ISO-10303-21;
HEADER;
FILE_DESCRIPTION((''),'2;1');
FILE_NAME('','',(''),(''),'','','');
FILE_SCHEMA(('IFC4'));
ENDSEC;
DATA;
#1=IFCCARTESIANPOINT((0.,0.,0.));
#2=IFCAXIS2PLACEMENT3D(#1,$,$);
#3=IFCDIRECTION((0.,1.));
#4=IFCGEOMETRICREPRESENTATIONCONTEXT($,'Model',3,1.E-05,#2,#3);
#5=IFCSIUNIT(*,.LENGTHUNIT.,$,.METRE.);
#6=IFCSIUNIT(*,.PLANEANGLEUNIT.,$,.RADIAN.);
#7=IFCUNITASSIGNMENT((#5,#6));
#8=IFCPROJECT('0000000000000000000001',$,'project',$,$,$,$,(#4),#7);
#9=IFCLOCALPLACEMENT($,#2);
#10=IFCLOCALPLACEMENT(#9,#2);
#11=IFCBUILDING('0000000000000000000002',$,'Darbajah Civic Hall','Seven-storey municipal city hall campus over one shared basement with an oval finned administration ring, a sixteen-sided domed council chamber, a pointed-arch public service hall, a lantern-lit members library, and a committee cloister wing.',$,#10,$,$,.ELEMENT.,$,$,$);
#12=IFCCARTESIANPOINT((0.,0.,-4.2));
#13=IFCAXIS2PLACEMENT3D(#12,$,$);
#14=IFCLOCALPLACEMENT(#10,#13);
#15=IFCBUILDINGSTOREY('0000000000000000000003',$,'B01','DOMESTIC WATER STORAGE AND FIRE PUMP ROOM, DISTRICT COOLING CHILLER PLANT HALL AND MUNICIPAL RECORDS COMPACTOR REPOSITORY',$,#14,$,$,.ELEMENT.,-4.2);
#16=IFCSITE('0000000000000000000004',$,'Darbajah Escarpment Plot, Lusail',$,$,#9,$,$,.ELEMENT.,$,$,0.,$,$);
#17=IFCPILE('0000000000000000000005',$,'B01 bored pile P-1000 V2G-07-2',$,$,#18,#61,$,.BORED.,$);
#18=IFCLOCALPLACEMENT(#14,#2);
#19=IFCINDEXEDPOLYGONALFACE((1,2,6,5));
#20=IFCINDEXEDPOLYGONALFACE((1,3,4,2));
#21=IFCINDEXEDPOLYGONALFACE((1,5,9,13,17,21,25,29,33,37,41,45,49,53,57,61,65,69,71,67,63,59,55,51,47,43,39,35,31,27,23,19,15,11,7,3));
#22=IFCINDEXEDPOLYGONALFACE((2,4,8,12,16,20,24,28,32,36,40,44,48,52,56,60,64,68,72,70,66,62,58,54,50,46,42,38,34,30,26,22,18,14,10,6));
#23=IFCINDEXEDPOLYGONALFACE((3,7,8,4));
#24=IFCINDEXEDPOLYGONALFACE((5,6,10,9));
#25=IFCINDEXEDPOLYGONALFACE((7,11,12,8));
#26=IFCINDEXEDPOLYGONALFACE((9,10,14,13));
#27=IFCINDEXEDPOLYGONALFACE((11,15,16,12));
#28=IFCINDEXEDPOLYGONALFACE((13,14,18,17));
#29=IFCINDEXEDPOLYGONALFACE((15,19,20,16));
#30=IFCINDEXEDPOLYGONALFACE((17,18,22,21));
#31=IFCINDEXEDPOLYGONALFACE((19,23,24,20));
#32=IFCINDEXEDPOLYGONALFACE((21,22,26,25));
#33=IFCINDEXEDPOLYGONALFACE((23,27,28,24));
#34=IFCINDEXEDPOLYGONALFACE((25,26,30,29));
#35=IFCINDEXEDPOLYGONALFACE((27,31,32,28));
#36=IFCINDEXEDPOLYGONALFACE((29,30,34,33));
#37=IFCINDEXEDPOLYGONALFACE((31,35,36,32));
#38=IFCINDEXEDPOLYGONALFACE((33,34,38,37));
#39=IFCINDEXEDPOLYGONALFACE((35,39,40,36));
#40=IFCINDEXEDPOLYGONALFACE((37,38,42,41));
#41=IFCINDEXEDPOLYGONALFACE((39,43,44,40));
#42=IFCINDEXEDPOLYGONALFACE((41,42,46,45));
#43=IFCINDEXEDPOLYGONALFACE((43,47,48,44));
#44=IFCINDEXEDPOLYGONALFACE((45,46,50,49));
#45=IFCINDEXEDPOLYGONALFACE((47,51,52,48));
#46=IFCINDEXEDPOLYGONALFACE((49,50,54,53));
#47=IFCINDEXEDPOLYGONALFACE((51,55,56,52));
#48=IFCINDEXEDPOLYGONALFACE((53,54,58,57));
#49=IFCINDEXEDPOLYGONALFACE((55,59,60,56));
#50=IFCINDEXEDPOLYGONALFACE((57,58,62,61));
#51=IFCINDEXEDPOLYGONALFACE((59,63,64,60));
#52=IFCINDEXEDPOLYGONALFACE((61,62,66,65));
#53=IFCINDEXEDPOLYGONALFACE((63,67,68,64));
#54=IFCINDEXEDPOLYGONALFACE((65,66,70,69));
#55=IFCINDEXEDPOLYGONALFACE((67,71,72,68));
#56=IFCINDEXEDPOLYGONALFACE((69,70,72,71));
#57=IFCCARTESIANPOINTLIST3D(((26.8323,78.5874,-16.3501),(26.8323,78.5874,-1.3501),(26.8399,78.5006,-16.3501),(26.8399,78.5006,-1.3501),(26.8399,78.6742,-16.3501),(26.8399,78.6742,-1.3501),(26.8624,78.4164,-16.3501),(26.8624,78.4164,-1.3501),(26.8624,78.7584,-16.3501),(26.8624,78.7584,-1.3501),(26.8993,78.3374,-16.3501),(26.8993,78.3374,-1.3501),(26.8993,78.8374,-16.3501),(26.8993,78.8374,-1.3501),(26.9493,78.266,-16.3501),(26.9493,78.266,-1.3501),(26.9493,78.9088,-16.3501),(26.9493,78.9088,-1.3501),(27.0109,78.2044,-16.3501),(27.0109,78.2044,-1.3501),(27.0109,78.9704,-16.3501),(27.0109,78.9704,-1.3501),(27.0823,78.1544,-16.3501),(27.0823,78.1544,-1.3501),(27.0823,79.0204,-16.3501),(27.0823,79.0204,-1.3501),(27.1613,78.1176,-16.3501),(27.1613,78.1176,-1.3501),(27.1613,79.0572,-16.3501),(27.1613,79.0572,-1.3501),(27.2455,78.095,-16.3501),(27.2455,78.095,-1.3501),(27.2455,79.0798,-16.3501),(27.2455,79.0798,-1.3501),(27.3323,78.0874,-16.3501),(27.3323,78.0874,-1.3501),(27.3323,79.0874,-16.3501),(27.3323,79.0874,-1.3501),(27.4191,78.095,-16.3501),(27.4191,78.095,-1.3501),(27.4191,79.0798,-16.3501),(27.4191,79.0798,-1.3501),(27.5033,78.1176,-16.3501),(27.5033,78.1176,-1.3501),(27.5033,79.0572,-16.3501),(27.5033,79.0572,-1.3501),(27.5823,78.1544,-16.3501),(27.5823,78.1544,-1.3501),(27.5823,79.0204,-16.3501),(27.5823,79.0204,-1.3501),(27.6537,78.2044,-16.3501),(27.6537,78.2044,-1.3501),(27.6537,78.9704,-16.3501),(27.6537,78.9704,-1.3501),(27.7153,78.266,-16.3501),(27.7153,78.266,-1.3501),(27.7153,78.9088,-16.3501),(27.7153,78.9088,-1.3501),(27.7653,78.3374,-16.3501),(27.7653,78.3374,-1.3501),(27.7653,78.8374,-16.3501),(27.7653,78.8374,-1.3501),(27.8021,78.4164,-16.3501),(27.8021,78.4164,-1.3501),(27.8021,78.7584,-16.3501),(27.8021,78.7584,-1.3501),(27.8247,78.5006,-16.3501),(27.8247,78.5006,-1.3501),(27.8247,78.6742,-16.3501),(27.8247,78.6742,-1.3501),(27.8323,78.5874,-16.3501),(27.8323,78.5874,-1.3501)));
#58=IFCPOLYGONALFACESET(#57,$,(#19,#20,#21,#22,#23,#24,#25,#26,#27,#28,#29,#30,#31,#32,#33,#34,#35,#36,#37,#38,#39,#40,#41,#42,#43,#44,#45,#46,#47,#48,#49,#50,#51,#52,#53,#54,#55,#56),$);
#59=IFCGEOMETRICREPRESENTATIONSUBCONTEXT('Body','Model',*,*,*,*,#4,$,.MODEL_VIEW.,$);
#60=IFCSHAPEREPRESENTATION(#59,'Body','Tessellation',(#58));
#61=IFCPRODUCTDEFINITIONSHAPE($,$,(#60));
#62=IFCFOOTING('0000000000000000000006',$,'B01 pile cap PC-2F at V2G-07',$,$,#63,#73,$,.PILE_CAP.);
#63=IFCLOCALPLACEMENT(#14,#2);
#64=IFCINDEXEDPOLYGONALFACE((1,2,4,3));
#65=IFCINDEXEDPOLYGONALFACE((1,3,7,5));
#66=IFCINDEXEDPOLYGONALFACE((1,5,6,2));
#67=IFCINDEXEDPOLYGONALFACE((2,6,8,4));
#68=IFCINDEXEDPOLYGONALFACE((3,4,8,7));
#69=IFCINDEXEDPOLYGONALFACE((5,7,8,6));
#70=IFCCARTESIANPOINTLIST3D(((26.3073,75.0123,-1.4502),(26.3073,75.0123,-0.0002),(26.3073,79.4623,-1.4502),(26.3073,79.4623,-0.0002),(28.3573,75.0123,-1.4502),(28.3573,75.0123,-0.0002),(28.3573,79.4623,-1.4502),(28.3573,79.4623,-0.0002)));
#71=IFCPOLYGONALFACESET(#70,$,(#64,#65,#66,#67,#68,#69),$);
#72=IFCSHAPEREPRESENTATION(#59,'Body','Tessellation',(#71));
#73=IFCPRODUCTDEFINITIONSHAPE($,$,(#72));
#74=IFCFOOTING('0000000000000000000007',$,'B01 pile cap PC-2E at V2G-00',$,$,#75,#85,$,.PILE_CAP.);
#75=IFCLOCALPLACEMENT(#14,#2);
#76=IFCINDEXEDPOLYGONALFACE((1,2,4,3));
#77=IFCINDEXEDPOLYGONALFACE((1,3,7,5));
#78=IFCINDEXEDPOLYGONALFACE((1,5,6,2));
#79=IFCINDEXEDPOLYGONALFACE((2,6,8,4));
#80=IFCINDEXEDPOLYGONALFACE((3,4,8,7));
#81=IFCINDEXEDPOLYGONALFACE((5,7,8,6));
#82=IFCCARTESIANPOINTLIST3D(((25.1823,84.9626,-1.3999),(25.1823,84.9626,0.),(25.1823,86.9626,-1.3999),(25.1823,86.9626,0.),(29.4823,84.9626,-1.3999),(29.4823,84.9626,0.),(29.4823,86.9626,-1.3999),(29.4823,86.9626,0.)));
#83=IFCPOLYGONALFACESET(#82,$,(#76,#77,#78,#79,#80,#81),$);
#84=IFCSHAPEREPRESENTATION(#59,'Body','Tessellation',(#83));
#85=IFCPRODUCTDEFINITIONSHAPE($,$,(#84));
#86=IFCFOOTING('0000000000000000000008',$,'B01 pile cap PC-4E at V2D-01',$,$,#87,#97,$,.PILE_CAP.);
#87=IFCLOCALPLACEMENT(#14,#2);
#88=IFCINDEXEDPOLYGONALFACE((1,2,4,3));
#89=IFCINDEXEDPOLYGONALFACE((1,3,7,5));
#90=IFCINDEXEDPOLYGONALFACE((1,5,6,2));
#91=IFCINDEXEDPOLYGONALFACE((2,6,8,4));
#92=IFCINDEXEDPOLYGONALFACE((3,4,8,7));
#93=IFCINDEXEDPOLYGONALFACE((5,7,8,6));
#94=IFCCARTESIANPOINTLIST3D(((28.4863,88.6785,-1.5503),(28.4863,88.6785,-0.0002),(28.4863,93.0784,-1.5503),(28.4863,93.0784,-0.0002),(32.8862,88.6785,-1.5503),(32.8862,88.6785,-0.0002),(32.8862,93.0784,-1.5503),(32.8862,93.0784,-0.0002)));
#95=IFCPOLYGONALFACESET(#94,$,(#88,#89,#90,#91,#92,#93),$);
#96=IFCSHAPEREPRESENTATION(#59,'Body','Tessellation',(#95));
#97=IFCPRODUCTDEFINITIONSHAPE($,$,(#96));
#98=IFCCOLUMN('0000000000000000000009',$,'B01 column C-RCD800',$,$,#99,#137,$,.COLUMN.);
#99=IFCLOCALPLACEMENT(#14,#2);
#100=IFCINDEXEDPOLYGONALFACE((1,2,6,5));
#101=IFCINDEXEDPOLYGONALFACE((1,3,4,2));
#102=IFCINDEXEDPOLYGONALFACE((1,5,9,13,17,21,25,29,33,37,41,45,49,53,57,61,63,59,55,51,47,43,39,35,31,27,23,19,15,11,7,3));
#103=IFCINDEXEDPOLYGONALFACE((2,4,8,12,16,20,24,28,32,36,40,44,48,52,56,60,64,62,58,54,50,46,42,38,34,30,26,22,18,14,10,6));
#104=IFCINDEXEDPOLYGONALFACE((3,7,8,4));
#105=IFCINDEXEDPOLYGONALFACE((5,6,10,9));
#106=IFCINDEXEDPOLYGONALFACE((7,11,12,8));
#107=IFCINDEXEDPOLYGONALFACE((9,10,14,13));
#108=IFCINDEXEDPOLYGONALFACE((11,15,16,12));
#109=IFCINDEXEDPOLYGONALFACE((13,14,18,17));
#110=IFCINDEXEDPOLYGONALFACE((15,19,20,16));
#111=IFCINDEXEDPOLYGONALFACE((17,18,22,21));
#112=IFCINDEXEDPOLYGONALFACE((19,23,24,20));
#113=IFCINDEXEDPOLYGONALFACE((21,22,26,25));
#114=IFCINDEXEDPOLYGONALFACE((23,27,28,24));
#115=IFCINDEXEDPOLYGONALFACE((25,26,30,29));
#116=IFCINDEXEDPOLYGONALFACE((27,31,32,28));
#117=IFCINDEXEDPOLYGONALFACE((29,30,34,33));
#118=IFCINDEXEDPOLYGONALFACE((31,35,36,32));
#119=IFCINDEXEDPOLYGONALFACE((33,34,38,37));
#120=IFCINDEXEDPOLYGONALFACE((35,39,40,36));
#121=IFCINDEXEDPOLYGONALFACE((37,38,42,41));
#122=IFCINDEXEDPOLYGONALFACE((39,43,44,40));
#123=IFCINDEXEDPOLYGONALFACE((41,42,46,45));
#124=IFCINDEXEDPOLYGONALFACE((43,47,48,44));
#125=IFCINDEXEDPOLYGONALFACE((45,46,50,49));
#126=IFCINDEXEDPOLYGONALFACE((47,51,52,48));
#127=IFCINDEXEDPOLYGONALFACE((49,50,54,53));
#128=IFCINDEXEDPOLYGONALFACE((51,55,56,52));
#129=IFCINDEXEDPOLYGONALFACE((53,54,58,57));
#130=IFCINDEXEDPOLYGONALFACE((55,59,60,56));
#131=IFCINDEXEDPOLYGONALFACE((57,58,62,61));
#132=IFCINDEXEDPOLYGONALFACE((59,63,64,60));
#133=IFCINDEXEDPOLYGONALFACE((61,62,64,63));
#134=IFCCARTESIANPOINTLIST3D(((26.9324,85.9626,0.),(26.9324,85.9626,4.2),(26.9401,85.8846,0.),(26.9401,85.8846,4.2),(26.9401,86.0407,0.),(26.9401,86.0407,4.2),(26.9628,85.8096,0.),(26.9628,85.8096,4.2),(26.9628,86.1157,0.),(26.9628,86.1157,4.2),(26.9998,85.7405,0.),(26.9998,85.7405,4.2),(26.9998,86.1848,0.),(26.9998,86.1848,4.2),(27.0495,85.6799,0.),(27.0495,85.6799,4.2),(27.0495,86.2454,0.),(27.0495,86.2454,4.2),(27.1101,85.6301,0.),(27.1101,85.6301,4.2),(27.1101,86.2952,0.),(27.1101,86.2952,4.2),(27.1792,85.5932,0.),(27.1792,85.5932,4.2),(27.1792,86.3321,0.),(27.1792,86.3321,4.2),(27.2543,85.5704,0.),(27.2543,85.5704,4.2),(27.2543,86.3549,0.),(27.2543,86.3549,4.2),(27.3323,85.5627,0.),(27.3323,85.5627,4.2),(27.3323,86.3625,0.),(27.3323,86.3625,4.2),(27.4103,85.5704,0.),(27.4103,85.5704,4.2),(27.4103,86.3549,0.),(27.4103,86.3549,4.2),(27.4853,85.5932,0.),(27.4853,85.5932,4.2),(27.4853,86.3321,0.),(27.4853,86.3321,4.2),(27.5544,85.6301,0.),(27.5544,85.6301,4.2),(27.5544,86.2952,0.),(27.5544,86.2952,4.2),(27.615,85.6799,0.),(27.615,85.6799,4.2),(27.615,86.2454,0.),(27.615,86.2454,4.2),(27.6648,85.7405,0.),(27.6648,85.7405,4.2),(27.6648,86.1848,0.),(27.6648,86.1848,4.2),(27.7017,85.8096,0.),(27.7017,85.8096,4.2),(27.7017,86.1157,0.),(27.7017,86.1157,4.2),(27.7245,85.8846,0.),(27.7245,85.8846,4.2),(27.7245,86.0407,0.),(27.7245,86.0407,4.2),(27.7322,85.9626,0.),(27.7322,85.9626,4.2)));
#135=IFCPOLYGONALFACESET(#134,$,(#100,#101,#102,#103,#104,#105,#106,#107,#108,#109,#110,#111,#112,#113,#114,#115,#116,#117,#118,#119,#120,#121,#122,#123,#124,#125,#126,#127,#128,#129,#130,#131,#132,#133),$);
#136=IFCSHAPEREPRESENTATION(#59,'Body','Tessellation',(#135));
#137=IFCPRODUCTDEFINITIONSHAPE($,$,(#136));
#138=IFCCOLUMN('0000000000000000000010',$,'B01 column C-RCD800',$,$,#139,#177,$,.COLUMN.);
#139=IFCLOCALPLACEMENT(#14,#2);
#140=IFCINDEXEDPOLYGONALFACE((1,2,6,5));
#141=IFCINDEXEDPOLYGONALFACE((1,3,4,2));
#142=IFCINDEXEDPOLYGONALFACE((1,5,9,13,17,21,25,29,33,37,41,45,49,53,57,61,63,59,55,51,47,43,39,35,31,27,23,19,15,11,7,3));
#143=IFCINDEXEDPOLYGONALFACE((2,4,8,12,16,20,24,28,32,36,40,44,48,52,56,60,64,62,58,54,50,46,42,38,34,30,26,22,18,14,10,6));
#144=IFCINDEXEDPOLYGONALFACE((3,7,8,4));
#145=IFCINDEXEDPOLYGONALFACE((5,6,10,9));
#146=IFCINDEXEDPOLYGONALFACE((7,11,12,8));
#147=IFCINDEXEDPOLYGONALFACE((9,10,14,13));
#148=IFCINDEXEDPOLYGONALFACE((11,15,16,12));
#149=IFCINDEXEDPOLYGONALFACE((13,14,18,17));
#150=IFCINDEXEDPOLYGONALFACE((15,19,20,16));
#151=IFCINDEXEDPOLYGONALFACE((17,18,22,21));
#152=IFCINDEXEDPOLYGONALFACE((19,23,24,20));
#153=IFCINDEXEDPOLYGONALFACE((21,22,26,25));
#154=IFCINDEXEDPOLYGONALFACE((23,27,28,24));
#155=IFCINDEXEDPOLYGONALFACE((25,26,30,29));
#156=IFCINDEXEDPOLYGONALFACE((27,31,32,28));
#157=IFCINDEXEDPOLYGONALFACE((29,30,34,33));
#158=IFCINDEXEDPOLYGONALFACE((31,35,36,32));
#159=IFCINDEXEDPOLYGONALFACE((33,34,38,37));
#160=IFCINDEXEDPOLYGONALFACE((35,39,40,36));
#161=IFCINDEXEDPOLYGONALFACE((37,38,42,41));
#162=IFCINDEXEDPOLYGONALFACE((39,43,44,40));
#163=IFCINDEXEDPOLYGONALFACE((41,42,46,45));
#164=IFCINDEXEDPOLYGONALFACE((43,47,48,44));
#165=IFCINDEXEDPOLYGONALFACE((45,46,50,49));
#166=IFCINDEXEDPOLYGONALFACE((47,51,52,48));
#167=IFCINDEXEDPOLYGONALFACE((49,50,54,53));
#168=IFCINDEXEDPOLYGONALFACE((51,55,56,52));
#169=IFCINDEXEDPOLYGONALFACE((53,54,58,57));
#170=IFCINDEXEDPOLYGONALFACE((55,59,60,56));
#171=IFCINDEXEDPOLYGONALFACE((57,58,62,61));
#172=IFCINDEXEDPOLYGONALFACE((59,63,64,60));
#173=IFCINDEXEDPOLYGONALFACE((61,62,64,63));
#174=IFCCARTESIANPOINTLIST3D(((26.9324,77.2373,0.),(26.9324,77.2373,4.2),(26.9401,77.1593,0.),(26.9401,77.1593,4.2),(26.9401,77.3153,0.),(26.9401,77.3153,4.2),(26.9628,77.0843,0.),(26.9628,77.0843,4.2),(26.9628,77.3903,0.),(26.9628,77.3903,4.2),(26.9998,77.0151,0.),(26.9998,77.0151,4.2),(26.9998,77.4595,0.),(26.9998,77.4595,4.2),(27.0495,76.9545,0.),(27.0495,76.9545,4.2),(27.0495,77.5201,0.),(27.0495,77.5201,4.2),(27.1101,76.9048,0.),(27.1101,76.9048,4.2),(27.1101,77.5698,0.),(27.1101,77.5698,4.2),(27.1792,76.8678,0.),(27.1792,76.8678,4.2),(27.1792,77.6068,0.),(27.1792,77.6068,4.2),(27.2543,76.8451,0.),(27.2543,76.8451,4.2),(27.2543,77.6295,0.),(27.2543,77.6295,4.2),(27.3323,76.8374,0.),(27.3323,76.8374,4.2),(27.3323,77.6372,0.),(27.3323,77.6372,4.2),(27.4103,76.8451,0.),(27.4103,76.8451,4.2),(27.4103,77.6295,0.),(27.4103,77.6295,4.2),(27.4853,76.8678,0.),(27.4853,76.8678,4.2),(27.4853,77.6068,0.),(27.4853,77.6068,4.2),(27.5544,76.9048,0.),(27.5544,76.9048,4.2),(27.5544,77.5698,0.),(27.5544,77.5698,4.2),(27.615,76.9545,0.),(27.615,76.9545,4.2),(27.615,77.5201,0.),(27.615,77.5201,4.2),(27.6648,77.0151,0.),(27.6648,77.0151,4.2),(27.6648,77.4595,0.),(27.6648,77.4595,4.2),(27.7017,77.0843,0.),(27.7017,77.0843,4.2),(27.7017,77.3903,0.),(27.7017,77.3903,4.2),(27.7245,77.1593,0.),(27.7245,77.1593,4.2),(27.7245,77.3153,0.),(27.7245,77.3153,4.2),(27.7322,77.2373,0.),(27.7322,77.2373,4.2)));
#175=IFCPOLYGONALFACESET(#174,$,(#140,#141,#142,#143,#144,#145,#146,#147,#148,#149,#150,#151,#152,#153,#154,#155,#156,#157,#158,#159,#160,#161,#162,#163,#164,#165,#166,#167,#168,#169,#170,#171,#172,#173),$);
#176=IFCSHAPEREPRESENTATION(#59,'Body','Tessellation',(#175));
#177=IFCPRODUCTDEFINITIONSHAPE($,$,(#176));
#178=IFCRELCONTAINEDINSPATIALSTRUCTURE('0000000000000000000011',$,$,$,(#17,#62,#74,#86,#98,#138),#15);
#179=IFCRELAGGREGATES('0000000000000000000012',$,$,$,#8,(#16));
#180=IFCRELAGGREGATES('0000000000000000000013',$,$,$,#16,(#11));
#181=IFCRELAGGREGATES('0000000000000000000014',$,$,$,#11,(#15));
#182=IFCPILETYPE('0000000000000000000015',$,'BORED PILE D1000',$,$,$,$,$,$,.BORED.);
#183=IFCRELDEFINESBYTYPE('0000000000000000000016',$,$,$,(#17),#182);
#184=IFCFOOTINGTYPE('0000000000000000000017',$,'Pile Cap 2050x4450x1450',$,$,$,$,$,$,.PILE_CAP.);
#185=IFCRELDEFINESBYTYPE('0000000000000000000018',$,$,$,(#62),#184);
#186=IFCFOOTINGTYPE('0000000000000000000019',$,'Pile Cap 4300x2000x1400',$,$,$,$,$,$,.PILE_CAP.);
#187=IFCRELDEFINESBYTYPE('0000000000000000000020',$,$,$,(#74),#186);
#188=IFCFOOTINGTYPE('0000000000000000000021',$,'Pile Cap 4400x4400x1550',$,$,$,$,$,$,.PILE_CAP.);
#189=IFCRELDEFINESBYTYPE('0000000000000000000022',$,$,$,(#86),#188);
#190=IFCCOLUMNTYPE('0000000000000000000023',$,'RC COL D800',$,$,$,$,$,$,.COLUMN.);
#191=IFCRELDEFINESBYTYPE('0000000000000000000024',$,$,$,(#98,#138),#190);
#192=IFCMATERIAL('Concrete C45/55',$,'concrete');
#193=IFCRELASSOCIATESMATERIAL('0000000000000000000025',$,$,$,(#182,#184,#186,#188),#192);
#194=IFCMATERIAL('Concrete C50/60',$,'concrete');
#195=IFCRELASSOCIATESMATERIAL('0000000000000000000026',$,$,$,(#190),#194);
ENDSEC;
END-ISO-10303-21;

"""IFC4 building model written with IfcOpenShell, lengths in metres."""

from ifc_helpers import new_model, si_unit, direction, frame, origin, origin_2d, place, context, subcontext, project, spatial, rectangle, circle, extrude, material, material_profile, profile_set, type_object, element, save


model = new_model("IFC4")

# Units and contexts
model_context = context("Model", 3, precision=1e-05, world=origin(), true_north=direction((0.0, 1.0)))
body_context = subcontext(model_context, "Body", "Model", "MODEL_VIEW")
ifc_project = project(units=[si_unit("LENGTHUNIT", "METRE"), si_unit("PLANEANGLEUNIT", "RADIAN")], contexts=[model_context])

# Site, building, storey
site_placement = place(None, origin())
site = spatial("IfcSite", under=ifc_project, at=site_placement, Name="Darbajah Escarpment Plot, Lusail", CompositionType="ELEMENT", RefElevation=0.0)
building_placement = place(site_placement, origin())
building = spatial("IfcBuilding", under=site, at=building_placement, Name="Darbajah Civic Hall", Description="Seven-storey municipal city hall campus over one shared basement with an oval finned administration ring, a sixteen-sided domed council chamber, a pointed-arch public service hall, a lantern-lit members library, and a committee cloister wing.", CompositionType="ELEMENT")
storey_placement = place(building_placement, frame((0.0, 0.0, -4.2)))
storey = spatial("IfcBuildingStorey", under=building, at=storey_placement, Name="B01", Description="DOMESTIC WATER STORAGE AND FIRE PUMP ROOM, DISTRICT COOLING CHILLER PLANT HALL AND MUNICIPAL RECORDS COMPACTOR REPOSITORY", CompositionType="ELEMENT", Elevation=-4.2)

# Pile
ifc_material_1 = material(Name="Concrete C45/55", Category="concrete")
ifc_material_profile_1 = material_profile(ifc_material_1, circle(Radius=0.5, at=origin_2d()), Name="BORED PILE D1000")
ifc_profile_set_1 = profile_set([ifc_material_profile_1], Name="Concrete C45/55")
pile_type = type_object("IfcPileType", Name="BORED PILE D1000", PredefinedType="BORED", material=ifc_profile_set_1)
for number, where, z_axis, x_axis, name in (
    (1, (27.3323, 78.5874, -1.3501), (0.0, 0.0, -1.0), (1.0, 0.0, 0.0), "B01 bored pile P-1000 V2G-07-2"),
):
    element("IfcPile", number, at=place(storey_placement, frame(where, z_axis=z_axis, x_axis=x_axis)), inside=storey, type_object=pile_type, Name=name, PredefinedType="BORED", context=body_context, shape_type="SweptSolid", body=[
        extrude(circle(Radius=0.5, at=origin_2d()), origin(), (0.0, 0.0, 1.0), 15.0),
    ])

# Footings
footing_type_1 = type_object("IfcFootingType", Name="Pile Cap 2050x4450x1450", PredefinedType="PILE_CAP", material=ifc_material_1)
footing_1_placement = place(storey_placement, frame((27.3323, 77.2373, -1.4502), z_axis=(0.0, 0.0, 1.0), x_axis=(1.0, 0.0, 0.0)))
element("IfcFooting", 2, at=footing_1_placement, inside=storey, type_object=footing_type_1, Name="B01 pile cap PC-2F at V2G-07", PredefinedType="PILE_CAP", context=body_context, shape_type="SweptSolid", body=[
    extrude(rectangle(XDim=2.05, YDim=4.45, at=origin_2d()), origin(), (0.0, 0.0, 1.0), 1.45),
])
footing_type_2 = type_object("IfcFootingType", Name="Pile Cap 4300x2000x1400", PredefinedType="PILE_CAP", material=ifc_material_1)
footing_2_placement = place(storey_placement, frame((27.3323, 85.9626, -1.3999), z_axis=(0.0, 0.0, 1.0), x_axis=(1.0, 0.0, 0.0)))
element("IfcFooting", 3, at=footing_2_placement, inside=storey, type_object=footing_type_2, Name="B01 pile cap PC-2E at V2G-00", PredefinedType="PILE_CAP", context=body_context, shape_type="SweptSolid", body=[
    extrude(rectangle(XDim=4.3, YDim=2.0, at=origin_2d()), origin(), (0.0, 0.0, 1.0), 1.3999),
])
footing_type_3 = type_object("IfcFootingType", Name="Pile Cap 4400x4400x1550", PredefinedType="PILE_CAP", material=ifc_material_1)
footing_3_placement = place(storey_placement, frame((30.6863, 90.8784, -1.5503), z_axis=(0.0, 0.0, 1.0), x_axis=(1.0, 0.0, 0.0)))
element("IfcFooting", 4, at=footing_3_placement, inside=storey, type_object=footing_type_3, Name="B01 pile cap PC-4E at V2D-01", PredefinedType="PILE_CAP", context=body_context, shape_type="SweptSolid", body=[
    extrude(rectangle(XDim=4.3999, YDim=4.3999, at=origin_2d()), origin(), (0.0, 0.0, 1.0), 1.55),
])

# Columns
ifc_material_2 = material(Name="Concrete C50/60", Category="concrete")
ifc_material_profile_2 = material_profile(ifc_material_2, circle(Radius=0.3999, at=origin_2d()), Name="RC COL D800")
ifc_profile_set_2 = profile_set([ifc_material_profile_2], Name="Concrete C50/60")
column_type_1 = type_object("IfcColumnType", Name="RC COL D800", PredefinedType="COLUMN", material=ifc_profile_set_2)
for number, where, z_axis, x_axis, name in (
    (5, (27.3323, 85.9626, 0.0), (0.0, 0.0, 1.0), (1.0, 0.0, 0.0), "B01 column C-RCD800"),
    (6, (27.3323, 77.2373, 0.0), (0.0, 0.0, 1.0), (1.0, 0.0, 0.0), "B01 column C-RCD800"),
):
    element("IfcColumn", number, at=place(storey_placement, frame(where, z_axis=z_axis, x_axis=x_axis)), inside=storey, type_object=column_type_1, Name=name, PredefinedType="COLUMN", context=body_context, shape_type="SweptSolid", body=[
        extrude(circle(Radius=0.3999, at=origin_2d()), origin(), (0.0, 0.0, 1.0), 4.2),
    ])

save(model, "model.ifc")
